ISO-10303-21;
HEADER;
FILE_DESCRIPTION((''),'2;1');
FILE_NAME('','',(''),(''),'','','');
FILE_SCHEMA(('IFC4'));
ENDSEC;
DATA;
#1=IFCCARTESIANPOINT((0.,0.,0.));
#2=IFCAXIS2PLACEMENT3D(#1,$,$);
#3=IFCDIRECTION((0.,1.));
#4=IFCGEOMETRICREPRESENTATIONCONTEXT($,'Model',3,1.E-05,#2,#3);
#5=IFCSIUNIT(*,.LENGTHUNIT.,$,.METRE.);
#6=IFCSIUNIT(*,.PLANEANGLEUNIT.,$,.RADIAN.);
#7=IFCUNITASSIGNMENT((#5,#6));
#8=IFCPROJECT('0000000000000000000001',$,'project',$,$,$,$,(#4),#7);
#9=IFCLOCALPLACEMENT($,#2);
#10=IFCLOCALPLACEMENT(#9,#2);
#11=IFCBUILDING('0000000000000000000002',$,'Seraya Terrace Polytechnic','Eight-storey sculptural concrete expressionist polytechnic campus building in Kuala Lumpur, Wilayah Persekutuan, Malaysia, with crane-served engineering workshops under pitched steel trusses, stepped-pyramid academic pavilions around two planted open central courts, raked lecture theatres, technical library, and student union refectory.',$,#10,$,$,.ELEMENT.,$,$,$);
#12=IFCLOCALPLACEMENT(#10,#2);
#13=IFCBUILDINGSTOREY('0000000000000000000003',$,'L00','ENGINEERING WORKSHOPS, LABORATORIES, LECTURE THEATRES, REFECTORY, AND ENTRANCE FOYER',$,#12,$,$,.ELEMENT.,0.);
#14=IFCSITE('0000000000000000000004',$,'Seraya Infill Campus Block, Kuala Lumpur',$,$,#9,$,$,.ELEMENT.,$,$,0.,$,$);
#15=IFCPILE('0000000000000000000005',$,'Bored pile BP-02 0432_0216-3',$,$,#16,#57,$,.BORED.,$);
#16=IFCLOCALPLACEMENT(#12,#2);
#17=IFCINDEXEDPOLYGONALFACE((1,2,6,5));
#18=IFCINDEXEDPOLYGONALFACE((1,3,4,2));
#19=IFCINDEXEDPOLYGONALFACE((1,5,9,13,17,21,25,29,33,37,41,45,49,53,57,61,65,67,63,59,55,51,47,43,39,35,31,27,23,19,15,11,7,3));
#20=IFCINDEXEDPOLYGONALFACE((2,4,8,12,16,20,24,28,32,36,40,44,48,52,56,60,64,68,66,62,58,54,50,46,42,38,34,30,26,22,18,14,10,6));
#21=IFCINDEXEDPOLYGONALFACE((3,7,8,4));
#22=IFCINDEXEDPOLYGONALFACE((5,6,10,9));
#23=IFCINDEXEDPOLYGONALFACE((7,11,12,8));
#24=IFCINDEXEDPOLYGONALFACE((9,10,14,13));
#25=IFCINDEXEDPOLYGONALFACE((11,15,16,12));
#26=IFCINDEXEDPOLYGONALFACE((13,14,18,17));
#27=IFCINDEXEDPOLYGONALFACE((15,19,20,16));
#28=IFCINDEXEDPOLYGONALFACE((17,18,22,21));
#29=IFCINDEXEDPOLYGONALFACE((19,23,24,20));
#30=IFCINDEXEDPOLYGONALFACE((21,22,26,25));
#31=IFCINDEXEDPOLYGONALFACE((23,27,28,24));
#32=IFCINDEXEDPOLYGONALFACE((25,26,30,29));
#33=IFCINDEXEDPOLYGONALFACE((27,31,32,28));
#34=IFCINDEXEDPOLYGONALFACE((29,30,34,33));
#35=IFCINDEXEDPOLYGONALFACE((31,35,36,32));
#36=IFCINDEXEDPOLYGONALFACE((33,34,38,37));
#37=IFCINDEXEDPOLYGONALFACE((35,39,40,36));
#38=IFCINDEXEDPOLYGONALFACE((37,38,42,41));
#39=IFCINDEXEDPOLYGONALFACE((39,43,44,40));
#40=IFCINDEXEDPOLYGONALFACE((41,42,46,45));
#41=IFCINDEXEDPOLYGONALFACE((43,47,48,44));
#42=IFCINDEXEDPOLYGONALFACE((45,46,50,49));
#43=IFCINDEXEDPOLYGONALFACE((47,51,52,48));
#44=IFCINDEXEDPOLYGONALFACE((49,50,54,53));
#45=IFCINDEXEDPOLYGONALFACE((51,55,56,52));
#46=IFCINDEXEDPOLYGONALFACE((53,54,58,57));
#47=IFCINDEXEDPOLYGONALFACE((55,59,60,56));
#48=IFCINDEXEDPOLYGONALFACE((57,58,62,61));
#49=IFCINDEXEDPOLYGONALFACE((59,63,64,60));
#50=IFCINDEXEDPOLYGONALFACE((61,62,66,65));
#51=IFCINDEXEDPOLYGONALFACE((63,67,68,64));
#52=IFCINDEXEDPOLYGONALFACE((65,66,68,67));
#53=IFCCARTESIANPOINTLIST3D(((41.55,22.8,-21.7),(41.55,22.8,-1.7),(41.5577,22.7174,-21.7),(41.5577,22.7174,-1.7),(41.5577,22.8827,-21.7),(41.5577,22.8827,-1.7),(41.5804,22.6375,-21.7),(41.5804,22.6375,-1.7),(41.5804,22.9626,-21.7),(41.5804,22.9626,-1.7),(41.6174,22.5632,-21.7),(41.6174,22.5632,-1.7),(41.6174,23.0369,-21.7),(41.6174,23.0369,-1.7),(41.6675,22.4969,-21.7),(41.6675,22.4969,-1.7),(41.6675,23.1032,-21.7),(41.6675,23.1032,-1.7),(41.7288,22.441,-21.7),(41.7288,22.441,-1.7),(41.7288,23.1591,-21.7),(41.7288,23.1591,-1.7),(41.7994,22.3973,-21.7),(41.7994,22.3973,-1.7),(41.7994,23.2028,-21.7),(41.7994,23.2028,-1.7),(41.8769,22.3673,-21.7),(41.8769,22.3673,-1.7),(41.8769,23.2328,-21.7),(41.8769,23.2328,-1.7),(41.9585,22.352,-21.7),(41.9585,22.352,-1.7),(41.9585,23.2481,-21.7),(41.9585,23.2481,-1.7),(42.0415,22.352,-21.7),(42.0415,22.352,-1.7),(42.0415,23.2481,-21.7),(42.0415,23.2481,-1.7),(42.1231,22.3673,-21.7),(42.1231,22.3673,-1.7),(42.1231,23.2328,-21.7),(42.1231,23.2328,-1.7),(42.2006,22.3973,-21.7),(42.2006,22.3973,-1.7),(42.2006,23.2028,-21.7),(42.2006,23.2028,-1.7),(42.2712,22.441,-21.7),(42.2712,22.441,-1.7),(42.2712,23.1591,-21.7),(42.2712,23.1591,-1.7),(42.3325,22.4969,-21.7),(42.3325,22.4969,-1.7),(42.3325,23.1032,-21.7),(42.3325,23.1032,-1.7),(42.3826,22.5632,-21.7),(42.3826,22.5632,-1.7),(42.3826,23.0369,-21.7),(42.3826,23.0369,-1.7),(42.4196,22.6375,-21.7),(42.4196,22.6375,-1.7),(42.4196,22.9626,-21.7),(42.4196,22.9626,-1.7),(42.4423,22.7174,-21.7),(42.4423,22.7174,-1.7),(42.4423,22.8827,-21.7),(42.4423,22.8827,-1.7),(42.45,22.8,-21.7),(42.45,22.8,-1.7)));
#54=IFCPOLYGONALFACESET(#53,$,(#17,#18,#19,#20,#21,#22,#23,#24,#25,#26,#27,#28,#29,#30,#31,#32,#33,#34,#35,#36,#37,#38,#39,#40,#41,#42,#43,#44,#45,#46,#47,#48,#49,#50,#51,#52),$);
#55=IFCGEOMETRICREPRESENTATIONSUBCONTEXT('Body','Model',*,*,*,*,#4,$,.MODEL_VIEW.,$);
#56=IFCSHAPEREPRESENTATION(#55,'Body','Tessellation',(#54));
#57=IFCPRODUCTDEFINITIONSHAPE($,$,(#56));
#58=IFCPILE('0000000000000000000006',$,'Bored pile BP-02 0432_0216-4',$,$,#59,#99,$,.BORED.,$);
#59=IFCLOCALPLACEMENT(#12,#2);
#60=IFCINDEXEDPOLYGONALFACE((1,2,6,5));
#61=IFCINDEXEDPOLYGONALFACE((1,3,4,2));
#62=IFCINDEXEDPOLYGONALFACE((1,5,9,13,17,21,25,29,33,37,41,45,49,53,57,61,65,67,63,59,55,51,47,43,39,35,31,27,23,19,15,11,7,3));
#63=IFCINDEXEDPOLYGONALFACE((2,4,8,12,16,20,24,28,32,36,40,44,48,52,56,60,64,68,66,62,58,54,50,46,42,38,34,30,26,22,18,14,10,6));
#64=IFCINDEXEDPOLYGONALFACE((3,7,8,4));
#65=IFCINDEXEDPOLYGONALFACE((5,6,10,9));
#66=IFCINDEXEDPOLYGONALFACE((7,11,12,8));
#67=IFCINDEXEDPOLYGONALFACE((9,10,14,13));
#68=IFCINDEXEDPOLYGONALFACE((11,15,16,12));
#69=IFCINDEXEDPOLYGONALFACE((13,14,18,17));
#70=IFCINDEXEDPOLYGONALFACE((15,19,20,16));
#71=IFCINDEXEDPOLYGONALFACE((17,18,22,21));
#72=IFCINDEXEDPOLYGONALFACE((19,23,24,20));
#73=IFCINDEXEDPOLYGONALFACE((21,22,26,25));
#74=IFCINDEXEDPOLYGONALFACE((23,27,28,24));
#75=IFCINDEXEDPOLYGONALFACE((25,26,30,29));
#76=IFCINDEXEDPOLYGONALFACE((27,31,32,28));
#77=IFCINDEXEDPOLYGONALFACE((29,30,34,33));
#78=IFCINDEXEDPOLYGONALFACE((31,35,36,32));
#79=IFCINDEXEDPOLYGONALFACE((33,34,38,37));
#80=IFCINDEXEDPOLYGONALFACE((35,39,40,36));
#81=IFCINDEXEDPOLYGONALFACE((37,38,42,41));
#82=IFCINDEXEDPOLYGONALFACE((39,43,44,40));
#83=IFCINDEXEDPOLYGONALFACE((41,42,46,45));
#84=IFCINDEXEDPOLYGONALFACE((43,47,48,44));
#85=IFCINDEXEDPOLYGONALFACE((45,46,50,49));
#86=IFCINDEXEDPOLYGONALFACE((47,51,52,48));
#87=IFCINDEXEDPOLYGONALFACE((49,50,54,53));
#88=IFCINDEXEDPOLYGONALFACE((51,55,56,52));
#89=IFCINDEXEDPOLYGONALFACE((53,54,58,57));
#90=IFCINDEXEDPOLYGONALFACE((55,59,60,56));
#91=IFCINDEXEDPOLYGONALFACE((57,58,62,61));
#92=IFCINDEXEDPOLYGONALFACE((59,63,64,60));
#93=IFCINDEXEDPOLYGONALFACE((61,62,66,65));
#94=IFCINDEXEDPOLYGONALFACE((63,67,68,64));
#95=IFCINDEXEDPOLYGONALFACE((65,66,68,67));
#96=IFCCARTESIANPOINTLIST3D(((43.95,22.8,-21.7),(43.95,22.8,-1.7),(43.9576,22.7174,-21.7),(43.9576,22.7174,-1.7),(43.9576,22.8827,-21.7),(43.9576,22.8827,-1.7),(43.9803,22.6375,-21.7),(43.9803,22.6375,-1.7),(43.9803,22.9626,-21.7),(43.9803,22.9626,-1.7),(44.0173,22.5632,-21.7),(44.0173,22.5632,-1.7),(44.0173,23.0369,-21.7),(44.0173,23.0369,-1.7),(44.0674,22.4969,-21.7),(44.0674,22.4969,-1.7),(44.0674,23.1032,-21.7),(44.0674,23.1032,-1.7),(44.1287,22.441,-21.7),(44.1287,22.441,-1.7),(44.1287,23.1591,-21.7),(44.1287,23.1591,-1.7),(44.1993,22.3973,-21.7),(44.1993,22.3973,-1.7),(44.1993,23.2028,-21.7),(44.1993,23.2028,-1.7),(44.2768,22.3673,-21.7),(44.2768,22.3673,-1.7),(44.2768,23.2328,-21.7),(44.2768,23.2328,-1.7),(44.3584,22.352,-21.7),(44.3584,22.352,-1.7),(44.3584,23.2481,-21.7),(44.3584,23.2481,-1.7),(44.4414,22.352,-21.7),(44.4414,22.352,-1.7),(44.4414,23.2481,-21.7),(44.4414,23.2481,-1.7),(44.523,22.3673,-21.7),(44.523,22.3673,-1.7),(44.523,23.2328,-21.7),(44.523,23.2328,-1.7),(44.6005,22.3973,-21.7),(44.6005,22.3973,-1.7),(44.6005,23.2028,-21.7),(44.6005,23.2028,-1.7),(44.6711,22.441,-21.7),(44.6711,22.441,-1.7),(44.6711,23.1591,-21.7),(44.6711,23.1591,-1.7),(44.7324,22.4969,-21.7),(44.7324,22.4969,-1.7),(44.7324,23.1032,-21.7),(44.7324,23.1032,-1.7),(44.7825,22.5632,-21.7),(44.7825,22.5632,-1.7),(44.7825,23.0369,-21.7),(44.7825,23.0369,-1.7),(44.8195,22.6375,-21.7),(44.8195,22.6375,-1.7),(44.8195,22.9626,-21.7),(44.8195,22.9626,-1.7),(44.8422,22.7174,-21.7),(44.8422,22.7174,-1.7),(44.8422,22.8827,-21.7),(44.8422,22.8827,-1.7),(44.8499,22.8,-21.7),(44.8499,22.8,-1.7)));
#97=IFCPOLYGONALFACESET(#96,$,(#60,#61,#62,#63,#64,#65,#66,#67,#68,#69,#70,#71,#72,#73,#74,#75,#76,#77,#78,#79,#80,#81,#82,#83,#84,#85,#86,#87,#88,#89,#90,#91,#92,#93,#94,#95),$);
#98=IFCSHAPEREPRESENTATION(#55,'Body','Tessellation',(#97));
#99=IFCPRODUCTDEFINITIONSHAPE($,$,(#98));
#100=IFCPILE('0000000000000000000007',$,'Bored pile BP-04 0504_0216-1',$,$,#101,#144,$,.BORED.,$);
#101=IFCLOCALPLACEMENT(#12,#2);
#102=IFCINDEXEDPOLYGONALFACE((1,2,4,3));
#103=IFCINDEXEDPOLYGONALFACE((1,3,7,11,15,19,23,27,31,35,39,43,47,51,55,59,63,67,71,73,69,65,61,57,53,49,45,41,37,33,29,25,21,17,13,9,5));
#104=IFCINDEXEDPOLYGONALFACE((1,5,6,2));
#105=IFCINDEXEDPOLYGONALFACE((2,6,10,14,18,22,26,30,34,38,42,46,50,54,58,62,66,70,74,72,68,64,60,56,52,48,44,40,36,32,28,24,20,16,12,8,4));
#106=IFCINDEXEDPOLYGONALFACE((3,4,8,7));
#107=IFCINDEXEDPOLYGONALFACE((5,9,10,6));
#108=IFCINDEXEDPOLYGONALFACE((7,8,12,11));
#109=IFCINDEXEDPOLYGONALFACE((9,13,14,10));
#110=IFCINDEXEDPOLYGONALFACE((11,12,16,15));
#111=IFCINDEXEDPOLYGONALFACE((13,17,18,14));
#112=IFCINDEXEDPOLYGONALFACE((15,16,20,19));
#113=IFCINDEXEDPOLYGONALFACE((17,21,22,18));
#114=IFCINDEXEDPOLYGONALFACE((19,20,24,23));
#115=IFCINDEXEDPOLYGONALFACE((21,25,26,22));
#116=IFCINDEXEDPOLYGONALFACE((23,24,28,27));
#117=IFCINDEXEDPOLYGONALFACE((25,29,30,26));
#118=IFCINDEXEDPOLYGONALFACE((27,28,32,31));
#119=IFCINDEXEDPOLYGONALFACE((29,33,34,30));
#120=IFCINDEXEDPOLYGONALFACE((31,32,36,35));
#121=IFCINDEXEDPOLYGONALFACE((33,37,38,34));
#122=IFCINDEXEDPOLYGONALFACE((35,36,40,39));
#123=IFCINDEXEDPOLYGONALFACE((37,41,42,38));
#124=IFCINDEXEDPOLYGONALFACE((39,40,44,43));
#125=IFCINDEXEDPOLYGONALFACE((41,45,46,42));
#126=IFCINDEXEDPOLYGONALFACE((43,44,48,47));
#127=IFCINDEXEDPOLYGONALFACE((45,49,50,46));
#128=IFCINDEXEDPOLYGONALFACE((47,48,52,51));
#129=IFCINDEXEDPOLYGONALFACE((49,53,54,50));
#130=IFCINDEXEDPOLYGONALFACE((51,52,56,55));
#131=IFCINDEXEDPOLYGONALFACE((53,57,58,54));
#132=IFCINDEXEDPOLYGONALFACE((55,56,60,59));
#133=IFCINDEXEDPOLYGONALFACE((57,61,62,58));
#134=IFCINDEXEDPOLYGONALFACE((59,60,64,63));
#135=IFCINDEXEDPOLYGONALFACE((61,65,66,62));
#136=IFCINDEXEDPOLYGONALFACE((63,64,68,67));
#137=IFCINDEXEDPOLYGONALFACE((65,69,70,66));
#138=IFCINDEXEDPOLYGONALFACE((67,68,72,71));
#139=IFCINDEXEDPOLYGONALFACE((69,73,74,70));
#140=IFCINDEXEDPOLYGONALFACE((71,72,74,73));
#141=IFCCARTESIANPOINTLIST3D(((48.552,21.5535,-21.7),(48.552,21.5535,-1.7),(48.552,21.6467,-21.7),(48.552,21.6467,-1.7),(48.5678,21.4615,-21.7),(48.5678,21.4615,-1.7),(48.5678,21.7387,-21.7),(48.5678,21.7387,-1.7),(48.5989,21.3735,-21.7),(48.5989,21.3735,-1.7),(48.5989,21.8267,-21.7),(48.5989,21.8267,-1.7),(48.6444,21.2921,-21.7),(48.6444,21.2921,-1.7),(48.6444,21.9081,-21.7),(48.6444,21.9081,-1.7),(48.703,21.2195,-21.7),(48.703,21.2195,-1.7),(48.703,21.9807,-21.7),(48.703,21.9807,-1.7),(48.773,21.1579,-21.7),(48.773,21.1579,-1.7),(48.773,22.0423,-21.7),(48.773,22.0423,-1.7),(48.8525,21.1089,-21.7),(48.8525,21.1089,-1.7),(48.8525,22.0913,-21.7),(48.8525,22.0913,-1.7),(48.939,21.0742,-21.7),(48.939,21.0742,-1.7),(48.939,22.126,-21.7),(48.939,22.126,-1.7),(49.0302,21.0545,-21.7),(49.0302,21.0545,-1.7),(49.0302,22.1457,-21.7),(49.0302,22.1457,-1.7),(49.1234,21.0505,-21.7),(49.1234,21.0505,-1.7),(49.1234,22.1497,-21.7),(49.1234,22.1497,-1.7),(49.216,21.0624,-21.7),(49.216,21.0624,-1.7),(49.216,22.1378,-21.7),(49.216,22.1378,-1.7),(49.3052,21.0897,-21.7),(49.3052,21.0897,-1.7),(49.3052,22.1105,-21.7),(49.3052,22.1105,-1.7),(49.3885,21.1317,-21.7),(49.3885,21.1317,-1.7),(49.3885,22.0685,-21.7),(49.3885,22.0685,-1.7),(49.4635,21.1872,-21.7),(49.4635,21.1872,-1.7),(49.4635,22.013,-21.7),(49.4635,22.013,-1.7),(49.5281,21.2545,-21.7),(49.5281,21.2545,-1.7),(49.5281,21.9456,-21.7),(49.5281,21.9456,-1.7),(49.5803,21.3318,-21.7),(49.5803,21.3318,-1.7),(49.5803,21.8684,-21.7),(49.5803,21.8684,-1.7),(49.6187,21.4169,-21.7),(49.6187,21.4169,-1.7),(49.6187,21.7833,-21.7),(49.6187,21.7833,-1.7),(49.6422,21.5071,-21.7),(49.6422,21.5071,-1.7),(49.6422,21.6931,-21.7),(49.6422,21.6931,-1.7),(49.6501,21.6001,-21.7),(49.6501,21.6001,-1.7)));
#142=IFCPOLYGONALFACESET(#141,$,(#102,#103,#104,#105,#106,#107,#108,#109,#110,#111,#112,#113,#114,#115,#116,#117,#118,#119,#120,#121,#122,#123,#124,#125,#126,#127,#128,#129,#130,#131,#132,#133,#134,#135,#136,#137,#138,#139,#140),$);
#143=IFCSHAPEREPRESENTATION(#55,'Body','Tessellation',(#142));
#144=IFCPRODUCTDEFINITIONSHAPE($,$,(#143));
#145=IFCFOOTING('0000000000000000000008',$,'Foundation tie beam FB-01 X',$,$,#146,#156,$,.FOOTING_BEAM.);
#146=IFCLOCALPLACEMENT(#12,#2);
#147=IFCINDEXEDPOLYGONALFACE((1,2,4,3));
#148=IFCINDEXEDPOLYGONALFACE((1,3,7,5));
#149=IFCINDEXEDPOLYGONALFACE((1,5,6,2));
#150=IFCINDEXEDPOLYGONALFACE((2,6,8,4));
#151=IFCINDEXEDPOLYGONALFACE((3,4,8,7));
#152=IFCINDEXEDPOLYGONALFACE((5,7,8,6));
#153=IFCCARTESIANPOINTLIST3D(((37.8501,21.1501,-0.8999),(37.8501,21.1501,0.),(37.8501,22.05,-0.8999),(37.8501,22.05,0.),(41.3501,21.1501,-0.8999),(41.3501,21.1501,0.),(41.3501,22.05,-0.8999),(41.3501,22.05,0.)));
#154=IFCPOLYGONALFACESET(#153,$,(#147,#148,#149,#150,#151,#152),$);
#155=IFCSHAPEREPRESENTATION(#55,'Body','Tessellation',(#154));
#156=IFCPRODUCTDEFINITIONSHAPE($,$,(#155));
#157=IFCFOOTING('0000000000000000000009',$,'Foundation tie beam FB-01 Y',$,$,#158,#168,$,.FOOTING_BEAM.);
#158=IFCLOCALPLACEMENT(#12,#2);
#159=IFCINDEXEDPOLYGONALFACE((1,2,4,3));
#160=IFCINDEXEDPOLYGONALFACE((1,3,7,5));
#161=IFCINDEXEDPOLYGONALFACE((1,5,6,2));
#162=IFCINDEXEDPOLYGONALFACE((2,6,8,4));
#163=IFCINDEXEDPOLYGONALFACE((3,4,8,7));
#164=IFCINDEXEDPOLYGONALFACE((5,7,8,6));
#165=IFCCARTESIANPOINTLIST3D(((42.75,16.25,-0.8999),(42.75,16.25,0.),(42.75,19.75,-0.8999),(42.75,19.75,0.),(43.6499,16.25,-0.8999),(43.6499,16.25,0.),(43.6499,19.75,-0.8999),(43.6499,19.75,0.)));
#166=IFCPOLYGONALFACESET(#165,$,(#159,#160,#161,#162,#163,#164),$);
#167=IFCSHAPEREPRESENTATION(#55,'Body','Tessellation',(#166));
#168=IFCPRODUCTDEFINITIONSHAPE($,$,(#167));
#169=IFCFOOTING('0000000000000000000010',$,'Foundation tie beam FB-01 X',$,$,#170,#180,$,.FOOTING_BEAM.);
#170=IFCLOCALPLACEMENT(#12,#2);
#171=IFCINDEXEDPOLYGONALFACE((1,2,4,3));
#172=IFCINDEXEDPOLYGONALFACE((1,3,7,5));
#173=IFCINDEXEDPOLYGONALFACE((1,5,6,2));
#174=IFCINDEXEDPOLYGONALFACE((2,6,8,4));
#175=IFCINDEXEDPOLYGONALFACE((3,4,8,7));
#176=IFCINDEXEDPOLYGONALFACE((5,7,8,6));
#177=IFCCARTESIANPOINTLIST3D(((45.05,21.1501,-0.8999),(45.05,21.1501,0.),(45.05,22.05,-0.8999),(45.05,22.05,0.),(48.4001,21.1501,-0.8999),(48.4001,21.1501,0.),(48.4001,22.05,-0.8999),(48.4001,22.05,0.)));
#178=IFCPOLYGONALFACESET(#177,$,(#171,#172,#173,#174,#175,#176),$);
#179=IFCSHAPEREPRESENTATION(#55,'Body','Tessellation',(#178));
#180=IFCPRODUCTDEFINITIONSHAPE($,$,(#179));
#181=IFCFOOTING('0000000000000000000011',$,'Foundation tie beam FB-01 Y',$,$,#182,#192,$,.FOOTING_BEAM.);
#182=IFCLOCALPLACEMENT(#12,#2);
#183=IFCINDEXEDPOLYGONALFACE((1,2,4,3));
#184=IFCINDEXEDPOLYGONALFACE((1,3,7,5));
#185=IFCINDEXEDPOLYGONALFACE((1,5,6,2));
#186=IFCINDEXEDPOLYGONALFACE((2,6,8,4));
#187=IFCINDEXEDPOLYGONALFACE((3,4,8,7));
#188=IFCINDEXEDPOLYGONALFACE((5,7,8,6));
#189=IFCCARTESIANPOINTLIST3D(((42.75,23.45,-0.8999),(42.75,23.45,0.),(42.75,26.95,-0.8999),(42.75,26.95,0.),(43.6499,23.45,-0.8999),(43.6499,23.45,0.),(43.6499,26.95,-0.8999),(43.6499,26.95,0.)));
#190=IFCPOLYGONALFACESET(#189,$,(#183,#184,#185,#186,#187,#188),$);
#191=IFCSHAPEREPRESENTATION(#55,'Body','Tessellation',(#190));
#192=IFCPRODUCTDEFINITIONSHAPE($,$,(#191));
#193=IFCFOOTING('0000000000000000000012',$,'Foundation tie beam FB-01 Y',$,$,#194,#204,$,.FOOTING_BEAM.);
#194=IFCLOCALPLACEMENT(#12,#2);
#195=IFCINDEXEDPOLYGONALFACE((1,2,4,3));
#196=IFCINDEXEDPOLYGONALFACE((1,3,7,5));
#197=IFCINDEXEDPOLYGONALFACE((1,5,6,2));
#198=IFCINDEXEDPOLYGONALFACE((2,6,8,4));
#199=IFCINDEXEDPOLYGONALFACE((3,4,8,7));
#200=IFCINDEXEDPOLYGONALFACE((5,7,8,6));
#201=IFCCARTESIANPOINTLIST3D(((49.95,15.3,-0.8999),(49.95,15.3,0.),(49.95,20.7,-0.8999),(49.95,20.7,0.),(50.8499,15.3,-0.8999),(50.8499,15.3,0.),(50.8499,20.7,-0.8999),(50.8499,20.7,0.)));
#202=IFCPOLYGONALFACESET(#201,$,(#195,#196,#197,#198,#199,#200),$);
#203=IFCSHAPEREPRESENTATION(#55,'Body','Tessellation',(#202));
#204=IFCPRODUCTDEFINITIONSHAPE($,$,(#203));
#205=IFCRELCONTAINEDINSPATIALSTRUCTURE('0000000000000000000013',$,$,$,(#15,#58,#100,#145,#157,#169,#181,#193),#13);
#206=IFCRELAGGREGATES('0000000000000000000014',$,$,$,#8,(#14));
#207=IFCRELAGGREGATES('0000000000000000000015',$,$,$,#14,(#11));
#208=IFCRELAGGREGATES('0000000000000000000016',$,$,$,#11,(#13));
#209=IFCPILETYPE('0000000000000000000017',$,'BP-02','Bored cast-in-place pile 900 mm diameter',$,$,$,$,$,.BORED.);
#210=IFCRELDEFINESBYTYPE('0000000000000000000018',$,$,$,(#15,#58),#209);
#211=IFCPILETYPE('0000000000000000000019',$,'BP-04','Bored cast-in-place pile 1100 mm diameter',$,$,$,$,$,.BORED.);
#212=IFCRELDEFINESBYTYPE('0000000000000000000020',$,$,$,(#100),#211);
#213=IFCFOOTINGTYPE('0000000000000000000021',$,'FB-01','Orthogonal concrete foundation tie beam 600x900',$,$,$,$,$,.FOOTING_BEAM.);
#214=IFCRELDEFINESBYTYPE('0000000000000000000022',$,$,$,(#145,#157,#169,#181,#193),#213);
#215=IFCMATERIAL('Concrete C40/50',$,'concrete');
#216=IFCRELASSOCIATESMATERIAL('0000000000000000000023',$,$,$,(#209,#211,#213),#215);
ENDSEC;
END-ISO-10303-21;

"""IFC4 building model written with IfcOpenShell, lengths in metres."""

from ifc_helpers import new_model, si_unit, direction, frame, origin, origin_2d, place, context, subcontext, project, spatial, rectangle, circle, extrude, material, material_profile, profile_set, type_object, element, save


model = new_model("IFC4")

# Units and contexts
model_context = context("Model", 3, precision=1e-05, world=origin(), true_north=direction((0.0, 1.0)))
body_context = subcontext(model_context, "Body", "Model", "MODEL_VIEW")
ifc_project = project(units=[si_unit("LENGTHUNIT", "METRE"), si_unit("PLANEANGLEUNIT", "RADIAN")], contexts=[model_context])

# Site, building, storey
site_placement = place(None, origin())
site = spatial("IfcSite", under=ifc_project, at=site_placement, Name="Seraya Infill Campus Block, Kuala Lumpur", CompositionType="ELEMENT", RefElevation=0.0)
building_placement = place(site_placement, origin())
building = spatial("IfcBuilding", under=site, at=building_placement, Name="Seraya Terrace Polytechnic", Description="Eight-storey sculptural concrete expressionist polytechnic campus building in Kuala Lumpur, Wilayah Persekutuan, Malaysia, with crane-served engineering workshops under pitched steel trusses, stepped-pyramid academic pavilions around two planted open central courts, raked lecture theatres, technical library, and student union refectory.", CompositionType="ELEMENT")
storey_placement = place(building_placement, origin())
storey = spatial("IfcBuildingStorey", under=building, at=storey_placement, Name="L00", Description="ENGINEERING WORKSHOPS, LABORATORIES, LECTURE THEATRES, REFECTORY, AND ENTRANCE FOYER", CompositionType="ELEMENT", Elevation=0.0)

# Piles
ifc_material_1 = material(Name="Concrete C40/50", Category="concrete")
ifc_material_profile_1 = material_profile(ifc_material_1, circle(Radius=0.45, at=origin_2d()), Name="DIA 900")
ifc_profile_set_1 = profile_set([ifc_material_profile_1], Name="Concrete C40/50")
pile_type_1 = type_object("IfcPileType", Name="BP-02", Description="Bored cast-in-place pile 900 mm diameter", PredefinedType="BORED", material=ifc_profile_set_1)
for number, where, z_axis, x_axis, name in (
    (1, (42.0, 22.8, -1.7), (0.0, 0.0, -1.0), (1.0, 0.0, 0.0), "Bored pile BP-02 0432_0216-3"),
    (2, (44.3999, 22.8, -1.7), (0.0, 0.0, -1.0), (1.0, 0.0, 0.0), "Bored pile BP-02 0432_0216-4"),
):
    element("IfcPile", number, at=place(storey_placement, frame(where, z_axis=z_axis, x_axis=x_axis)), inside=storey, type_object=pile_type_1, Name=name, PredefinedType="BORED", context=body_context, shape_type="SweptSolid", body=[
        extrude(circle(Radius=0.45, at=origin_2d()), origin(), (0.0, 0.0, 1.0), 20.0),
    ])
ifc_material_profile_2 = material_profile(ifc_material_1, circle(Radius=0.55, at=origin_2d()), Name="DIA 1100")
ifc_profile_set_2 = profile_set([ifc_material_profile_2], Name="Concrete C40/50")
pile_type_2 = type_object("IfcPileType", Name="BP-04", Description="Bored cast-in-place pile 1100 mm diameter", PredefinedType="BORED", material=ifc_profile_set_2)
pile_placement = place(storey_placement, frame((49.1001, 21.6001, -1.7), z_axis=(0.0, 0.0, -1.0), x_axis=(1.0, 0.0, 0.0)))
element("IfcPile", 3, at=pile_placement, inside=storey, type_object=pile_type_2, Name="Bored pile BP-04 0504_0216-1", PredefinedType="BORED", context=body_context, shape_type="SweptSolid", body=[
    extrude(circle(Radius=0.55, at=origin_2d()), origin(), (0.0, 0.0, 1.0), 20.0),
])

# Footings
footing_type_1 = type_object("IfcFootingType", Name="FB-01", Description="Orthogonal concrete foundation tie beam 600x900", PredefinedType="FOOTING_BEAM", material=ifc_material_1)
for number, where, z_axis, x_axis, name in (
    (4, (39.6001, 21.6001, -0.8999), (0.0, 0.0, 1.0), (1.0, 0.0, 0.0), "Foundation tie beam FB-01 X"),
    (5, (43.2, 18.0, -0.8999), (0.0, 0.0, 1.0), (0.0, 1.0, 0.0), "Foundation tie beam FB-01 Y"),
):
    element("IfcFooting", number, at=place(storey_placement, frame(where, z_axis=z_axis, x_axis=x_axis)), inside=storey, type_object=footing_type_1, Name=name, PredefinedType="FOOTING_BEAM", context=body_context, shape_type="SweptSolid", body=[
        extrude(rectangle(XDim=3.5, YDim=0.8999, at=origin_2d()), origin(), (0.0, 0.0, 1.0), 0.8999),
    ])
footing_1_placement = place(storey_placement, frame((46.7251, 21.6001, -0.8999), z_axis=(0.0, 0.0, 1.0), x_axis=(1.0, 0.0, 0.0)))
element("IfcFooting", 6, at=footing_1_placement, inside=storey, type_object=footing_type_1, Name="Foundation tie beam FB-01 X", PredefinedType="FOOTING_BEAM", context=body_context, shape_type="SweptSolid", body=[
    extrude(rectangle(XDim=3.3501, YDim=0.8999, at=origin_2d()), origin(), (0.0, 0.0, 1.0), 0.8999),
])
footing_2_placement = place(storey_placement, frame((43.2, 25.2, -0.8999), z_axis=(0.0, 0.0, 1.0), x_axis=(0.0, 1.0, 0.0)))
element("IfcFooting", 7, at=footing_2_placement, inside=storey, type_object=footing_type_1, Name="Foundation tie beam FB-01 Y", PredefinedType="FOOTING_BEAM", context=body_context, shape_type="SweptSolid", body=[
    extrude(rectangle(XDim=3.5, YDim=0.8999, at=origin_2d()), origin(), (0.0, 0.0, 1.0), 0.8999),
])
footing_3_placement = place(storey_placement, frame((50.3999, 18.0, -0.8999), z_axis=(0.0, 0.0, 1.0), x_axis=(0.0, 1.0, 0.0)))
element("IfcFooting", 8, at=footing_3_placement, inside=storey, type_object=footing_type_1, Name="Foundation tie beam FB-01 Y", PredefinedType="FOOTING_BEAM", context=body_context, shape_type="SweptSolid", body=[
    extrude(rectangle(XDim=5.3999, YDim=0.8999, at=origin_2d()), origin(), (0.0, 0.0, 1.0), 0.8999),
])

save(model, "model.ifc")
